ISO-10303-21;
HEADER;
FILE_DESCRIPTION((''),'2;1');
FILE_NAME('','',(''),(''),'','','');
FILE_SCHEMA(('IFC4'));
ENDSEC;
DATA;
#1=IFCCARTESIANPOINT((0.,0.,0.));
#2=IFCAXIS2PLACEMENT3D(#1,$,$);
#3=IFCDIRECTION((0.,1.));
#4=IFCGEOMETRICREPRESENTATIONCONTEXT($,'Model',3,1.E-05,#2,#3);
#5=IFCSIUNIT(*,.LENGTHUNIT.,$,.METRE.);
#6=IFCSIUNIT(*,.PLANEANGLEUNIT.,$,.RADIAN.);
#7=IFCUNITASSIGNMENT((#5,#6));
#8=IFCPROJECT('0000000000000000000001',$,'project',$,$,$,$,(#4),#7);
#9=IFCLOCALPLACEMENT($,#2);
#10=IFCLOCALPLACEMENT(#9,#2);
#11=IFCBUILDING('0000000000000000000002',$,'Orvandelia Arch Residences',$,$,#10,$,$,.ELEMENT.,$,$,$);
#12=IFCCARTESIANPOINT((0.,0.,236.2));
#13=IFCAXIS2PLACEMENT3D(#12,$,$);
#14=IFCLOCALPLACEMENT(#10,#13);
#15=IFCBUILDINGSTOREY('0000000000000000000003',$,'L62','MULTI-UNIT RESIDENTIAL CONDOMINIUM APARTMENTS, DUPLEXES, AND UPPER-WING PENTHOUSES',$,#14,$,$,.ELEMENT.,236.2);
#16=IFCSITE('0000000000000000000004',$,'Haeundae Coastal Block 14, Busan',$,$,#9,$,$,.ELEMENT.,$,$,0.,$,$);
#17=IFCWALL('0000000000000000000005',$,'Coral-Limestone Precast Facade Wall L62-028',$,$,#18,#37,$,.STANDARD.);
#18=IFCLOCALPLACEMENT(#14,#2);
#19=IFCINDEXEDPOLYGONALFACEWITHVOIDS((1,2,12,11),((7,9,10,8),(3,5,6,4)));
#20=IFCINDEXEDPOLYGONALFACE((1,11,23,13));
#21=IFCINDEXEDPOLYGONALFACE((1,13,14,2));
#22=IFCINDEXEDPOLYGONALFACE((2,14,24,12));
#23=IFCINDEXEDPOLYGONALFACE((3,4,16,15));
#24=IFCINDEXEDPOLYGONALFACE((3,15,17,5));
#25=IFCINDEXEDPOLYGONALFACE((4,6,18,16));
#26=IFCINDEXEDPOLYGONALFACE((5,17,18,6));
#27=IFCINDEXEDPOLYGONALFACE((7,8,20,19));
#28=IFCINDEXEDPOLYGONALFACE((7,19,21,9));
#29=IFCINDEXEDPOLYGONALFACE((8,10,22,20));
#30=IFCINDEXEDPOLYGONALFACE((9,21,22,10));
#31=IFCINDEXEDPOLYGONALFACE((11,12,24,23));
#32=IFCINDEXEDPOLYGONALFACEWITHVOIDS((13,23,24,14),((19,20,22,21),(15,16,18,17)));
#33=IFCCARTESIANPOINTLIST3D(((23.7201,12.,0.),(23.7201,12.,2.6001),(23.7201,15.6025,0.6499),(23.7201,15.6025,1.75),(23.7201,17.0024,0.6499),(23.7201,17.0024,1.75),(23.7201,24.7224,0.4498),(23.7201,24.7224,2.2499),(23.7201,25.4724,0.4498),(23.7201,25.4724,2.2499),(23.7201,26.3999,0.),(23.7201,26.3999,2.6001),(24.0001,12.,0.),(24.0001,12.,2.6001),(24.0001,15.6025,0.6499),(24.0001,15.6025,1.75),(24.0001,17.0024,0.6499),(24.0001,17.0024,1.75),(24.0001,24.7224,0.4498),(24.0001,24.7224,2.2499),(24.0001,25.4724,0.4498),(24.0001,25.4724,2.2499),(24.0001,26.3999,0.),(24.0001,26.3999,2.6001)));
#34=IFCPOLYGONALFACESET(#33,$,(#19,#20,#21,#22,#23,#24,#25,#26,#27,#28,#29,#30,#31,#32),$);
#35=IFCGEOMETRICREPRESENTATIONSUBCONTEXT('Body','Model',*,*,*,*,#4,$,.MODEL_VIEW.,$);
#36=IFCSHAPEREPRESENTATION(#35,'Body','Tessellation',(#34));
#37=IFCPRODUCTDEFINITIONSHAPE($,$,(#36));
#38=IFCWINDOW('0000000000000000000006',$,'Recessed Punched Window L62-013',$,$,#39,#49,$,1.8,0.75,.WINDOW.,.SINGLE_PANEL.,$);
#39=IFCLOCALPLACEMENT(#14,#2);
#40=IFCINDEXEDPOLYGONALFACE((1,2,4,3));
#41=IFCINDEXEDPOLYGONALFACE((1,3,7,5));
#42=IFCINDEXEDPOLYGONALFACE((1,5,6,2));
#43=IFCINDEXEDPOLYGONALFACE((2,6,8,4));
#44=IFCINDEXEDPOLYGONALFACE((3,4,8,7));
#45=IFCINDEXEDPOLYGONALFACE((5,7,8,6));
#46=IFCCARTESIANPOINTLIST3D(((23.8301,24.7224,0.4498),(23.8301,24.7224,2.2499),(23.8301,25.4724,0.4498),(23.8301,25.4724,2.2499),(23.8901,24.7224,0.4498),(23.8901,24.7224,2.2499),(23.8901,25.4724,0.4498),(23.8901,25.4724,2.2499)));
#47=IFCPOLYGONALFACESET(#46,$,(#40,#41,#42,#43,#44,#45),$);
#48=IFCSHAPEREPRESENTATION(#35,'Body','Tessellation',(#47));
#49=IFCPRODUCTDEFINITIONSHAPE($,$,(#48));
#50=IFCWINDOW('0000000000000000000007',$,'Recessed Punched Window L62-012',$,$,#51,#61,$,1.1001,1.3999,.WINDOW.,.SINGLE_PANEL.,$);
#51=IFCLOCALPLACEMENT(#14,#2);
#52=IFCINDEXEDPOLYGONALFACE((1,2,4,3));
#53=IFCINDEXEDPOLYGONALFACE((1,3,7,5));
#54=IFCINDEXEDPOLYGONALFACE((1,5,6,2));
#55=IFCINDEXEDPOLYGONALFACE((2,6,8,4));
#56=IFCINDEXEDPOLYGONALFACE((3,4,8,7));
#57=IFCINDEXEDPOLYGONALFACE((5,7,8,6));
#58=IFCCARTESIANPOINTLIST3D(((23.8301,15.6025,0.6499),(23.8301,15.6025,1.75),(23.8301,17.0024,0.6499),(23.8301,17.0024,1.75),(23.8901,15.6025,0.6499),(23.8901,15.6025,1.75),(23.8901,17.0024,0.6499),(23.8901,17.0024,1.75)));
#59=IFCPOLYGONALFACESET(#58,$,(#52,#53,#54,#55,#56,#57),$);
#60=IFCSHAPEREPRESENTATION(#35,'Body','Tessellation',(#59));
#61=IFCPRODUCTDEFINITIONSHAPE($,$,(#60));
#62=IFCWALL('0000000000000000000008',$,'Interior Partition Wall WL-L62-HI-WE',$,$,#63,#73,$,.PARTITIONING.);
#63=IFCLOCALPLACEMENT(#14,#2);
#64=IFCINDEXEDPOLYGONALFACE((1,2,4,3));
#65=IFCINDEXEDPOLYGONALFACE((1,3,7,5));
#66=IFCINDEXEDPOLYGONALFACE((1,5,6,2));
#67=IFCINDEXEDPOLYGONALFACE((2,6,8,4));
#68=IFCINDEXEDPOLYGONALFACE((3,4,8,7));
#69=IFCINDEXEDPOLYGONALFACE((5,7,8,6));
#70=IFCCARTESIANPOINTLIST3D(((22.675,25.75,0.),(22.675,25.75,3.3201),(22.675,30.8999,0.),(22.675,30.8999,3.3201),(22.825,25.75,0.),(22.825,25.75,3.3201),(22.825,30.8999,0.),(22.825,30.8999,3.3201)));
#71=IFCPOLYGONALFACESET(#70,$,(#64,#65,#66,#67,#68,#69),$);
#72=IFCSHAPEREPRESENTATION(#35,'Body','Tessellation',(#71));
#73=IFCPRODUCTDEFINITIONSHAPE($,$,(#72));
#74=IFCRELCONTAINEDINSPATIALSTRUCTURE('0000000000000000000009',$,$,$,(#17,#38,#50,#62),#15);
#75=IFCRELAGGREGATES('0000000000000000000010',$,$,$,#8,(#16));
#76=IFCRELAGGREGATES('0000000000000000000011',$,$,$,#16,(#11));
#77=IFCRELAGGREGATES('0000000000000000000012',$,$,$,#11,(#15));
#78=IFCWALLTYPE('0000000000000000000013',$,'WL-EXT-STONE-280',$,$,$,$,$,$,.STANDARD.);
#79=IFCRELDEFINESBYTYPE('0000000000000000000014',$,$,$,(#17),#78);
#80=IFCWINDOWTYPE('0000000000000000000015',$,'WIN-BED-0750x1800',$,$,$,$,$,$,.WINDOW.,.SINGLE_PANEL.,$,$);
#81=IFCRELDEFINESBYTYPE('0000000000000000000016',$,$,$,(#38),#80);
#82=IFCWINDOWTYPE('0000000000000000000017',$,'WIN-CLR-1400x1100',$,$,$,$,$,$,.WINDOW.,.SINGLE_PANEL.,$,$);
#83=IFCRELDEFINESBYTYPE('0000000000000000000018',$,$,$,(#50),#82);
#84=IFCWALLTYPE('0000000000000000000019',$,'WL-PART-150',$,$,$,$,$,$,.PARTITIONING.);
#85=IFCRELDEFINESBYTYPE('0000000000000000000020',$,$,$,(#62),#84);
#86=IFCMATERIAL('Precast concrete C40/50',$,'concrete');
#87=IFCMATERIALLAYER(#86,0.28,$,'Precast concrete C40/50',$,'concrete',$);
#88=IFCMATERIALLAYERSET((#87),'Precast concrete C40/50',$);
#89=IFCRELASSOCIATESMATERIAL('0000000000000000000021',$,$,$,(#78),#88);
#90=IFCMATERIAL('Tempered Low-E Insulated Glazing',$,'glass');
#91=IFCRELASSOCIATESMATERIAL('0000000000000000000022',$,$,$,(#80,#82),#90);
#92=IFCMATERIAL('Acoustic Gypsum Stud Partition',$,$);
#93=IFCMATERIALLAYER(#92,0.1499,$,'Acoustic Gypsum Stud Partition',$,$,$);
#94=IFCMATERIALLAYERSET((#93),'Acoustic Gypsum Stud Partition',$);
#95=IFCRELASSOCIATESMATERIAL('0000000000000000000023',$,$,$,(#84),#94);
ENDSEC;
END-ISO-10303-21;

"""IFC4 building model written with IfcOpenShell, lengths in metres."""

from ifc_helpers import new_model, si_unit, direction, frame, frame_2d, origin, place, context, subcontext, project, spatial, rectangle, extrude, material, layer, layer_set, type_object, element, fill, save


model = new_model("IFC4")

# Units and contexts
model_context = context("Model", 3, precision=1e-05, world=origin(), true_north=direction((0.0, 1.0)))
body_context = subcontext(model_context, "Body", "Model", "MODEL_VIEW")
ifc_project = project(units=[si_unit("LENGTHUNIT", "METRE"), si_unit("PLANEANGLEUNIT", "RADIAN")], contexts=[model_context])

# Site, building, storey
site_placement = place(None, origin())
site = spatial("IfcSite", under=ifc_project, at=site_placement, Name="Haeundae Coastal Block 14, Busan", CompositionType="ELEMENT", RefElevation=0.0)
building_placement = place(site_placement, origin())
building = spatial("IfcBuilding", under=site, at=building_placement, Name="Orvandelia Arch Residences", CompositionType="ELEMENT")
storey_placement = place(building_placement, frame((0.0, 0.0, 236.2)))
storey = spatial("IfcBuildingStorey", under=building, at=storey_placement, Name="L62", Description="MULTI-UNIT RESIDENTIAL CONDOMINIUM APARTMENTS, DUPLEXES, AND UPPER-WING PENTHOUSES", CompositionType="ELEMENT", Elevation=236.2)

# Shared definitions
ifc_material_1 = material(Name="Precast concrete C40/50", Category="concrete")
ifc_layer_1 = layer(ifc_material_1, 0.28, Name="Precast concrete C40/50", Category="concrete")
ifc_layer_set_1 = layer_set([ifc_layer_1], Name="Precast concrete C40/50")
wall_type_1 = type_object("IfcWallType", Name="WL-EXT-STONE-280", PredefinedType="STANDARD", material=ifc_layer_set_1)

# Wall, openings, windows
wall_1_placement = place(storey_placement, frame((23.8601, 26.3999, 0.0), z_axis=(0.0, 0.0, 1.0), x_axis=(0.0, -1.0, 0.0)))
wall_1 = element("IfcWall", 1, at=wall_1_placement, inside=storey, type_object=wall_type_1, Name="Coral-Limestone Precast Facade Wall L62-028", PredefinedType="STANDARD", context=body_context, shape_type="SweptSolid", body=[
    extrude(rectangle(XDim=14.3999, YDim=0.28, at=frame_2d((7.2, 0.0))), origin(), (0.0, 0.0, 1.0), 2.6001),
])
opening_1_placement = place(wall_1_placement, frame((9.3975, 0.0, 0.6499)))
opening_1 = element("IfcOpeningElement", 2, at=opening_1_placement, cuts=wall_1, PredefinedType="OPENING", context=body_context, shape_type="SweptSolid", body=[
    extrude(rectangle(XDim=1.3999, YDim=1.1001, at=frame_2d((0.7, 0.55))), frame((0.0, 0.1499, 0.0), z_axis=(0.0, -1.0, 0.0), x_axis=(1.0, 0.0, 0.0)), (0.0, 0.0, 1.0), 0.3),
])
opening_2_placement = place(wall_1_placement, frame((0.9275, 0.0, 0.45)))
opening_2 = element("IfcOpeningElement", 3, at=opening_2_placement, cuts=wall_1, PredefinedType="OPENING", context=body_context, shape_type="SweptSolid", body=[
    extrude(rectangle(XDim=0.75, YDim=1.8, at=frame_2d((0.375, 0.8999))), frame((0.0, 0.1499, 0.0), z_axis=(0.0, -1.0, 0.0), x_axis=(1.0, 0.0, 0.0)), (0.0, 0.0, 1.0), 0.3),
])
ifc_material_2 = material(Name="Tempered Low-E Insulated Glazing", Category="glass")
window_type_1 = type_object("IfcWindowType", Name="WIN-BED-0750x1800", PartitioningType="SINGLE_PANEL", PredefinedType="WINDOW", material=ifc_material_2)
window_1_placement = place(opening_2_placement, origin())
window_1 = element("IfcWindow", 4, at=window_1_placement, inside=storey, type_object=window_type_1, Name="Recessed Punched Window L62-013", OverallHeight=1.8, OverallWidth=0.75, PartitioningType="SINGLE_PANEL", PredefinedType="WINDOW", context=body_context, shape_type="SweptSolid", body=[
    extrude(rectangle(XDim=0.75, YDim=1.8, at=frame_2d((0.375, 0.8999))), frame((0.0, 0.03, 0.0), z_axis=(0.0, -1.0, 0.0), x_axis=(1.0, 0.0, 0.0)), (0.0, 0.0, 1.0), 0.0601),
])
fill(opening_2, window_1)
window_type_2 = type_object("IfcWindowType", Name="WIN-CLR-1400x1100", PartitioningType="SINGLE_PANEL", PredefinedType="WINDOW", material=ifc_material_2)
window_2_placement = place(opening_1_placement, origin())
window_2 = element("IfcWindow", 5, at=window_2_placement, inside=storey, type_object=window_type_2, Name="Recessed Punched Window L62-012", OverallHeight=1.1001, OverallWidth=1.3999, PartitioningType="SINGLE_PANEL", PredefinedType="WINDOW", context=body_context, shape_type="SweptSolid", body=[
    extrude(rectangle(XDim=1.3999, YDim=1.1001, at=frame_2d((0.7, 0.55))), frame((0.0, 0.03, 0.0), z_axis=(0.0, -1.0, 0.0), x_axis=(1.0, 0.0, 0.0)), (0.0, 0.0, 1.0), 0.0601),
])
fill(opening_1, window_2)

# Wall
ifc_material_3 = material(Name="Acoustic Gypsum Stud Partition")
ifc_layer_2 = layer(ifc_material_3, 0.1499, Name="Acoustic Gypsum Stud Partition")
ifc_layer_set_2 = layer_set([ifc_layer_2], Name="Acoustic Gypsum Stud Partition")
wall_type_2 = type_object("IfcWallType", Name="WL-PART-150", PredefinedType="PARTITIONING", material=ifc_layer_set_2)
wall_2_placement = place(storey_placement, frame((22.75, 25.75, 0.0), z_axis=(0.0, 0.0, 1.0), x_axis=(0.0, 1.0, 0.0)))
element("IfcWall", 6, at=wall_2_placement, inside=storey, type_object=wall_type_2, Name="Interior Partition Wall WL-L62-HI-WE", PredefinedType="PARTITIONING", context=body_context, shape_type="SweptSolid", body=[
    extrude(rectangle(XDim=5.1499, YDim=0.1499, at=frame_2d((2.575, 0.0))), origin(), (0.0, 0.0, 1.0), 3.3201),
])

save(model, "model.ifc")
